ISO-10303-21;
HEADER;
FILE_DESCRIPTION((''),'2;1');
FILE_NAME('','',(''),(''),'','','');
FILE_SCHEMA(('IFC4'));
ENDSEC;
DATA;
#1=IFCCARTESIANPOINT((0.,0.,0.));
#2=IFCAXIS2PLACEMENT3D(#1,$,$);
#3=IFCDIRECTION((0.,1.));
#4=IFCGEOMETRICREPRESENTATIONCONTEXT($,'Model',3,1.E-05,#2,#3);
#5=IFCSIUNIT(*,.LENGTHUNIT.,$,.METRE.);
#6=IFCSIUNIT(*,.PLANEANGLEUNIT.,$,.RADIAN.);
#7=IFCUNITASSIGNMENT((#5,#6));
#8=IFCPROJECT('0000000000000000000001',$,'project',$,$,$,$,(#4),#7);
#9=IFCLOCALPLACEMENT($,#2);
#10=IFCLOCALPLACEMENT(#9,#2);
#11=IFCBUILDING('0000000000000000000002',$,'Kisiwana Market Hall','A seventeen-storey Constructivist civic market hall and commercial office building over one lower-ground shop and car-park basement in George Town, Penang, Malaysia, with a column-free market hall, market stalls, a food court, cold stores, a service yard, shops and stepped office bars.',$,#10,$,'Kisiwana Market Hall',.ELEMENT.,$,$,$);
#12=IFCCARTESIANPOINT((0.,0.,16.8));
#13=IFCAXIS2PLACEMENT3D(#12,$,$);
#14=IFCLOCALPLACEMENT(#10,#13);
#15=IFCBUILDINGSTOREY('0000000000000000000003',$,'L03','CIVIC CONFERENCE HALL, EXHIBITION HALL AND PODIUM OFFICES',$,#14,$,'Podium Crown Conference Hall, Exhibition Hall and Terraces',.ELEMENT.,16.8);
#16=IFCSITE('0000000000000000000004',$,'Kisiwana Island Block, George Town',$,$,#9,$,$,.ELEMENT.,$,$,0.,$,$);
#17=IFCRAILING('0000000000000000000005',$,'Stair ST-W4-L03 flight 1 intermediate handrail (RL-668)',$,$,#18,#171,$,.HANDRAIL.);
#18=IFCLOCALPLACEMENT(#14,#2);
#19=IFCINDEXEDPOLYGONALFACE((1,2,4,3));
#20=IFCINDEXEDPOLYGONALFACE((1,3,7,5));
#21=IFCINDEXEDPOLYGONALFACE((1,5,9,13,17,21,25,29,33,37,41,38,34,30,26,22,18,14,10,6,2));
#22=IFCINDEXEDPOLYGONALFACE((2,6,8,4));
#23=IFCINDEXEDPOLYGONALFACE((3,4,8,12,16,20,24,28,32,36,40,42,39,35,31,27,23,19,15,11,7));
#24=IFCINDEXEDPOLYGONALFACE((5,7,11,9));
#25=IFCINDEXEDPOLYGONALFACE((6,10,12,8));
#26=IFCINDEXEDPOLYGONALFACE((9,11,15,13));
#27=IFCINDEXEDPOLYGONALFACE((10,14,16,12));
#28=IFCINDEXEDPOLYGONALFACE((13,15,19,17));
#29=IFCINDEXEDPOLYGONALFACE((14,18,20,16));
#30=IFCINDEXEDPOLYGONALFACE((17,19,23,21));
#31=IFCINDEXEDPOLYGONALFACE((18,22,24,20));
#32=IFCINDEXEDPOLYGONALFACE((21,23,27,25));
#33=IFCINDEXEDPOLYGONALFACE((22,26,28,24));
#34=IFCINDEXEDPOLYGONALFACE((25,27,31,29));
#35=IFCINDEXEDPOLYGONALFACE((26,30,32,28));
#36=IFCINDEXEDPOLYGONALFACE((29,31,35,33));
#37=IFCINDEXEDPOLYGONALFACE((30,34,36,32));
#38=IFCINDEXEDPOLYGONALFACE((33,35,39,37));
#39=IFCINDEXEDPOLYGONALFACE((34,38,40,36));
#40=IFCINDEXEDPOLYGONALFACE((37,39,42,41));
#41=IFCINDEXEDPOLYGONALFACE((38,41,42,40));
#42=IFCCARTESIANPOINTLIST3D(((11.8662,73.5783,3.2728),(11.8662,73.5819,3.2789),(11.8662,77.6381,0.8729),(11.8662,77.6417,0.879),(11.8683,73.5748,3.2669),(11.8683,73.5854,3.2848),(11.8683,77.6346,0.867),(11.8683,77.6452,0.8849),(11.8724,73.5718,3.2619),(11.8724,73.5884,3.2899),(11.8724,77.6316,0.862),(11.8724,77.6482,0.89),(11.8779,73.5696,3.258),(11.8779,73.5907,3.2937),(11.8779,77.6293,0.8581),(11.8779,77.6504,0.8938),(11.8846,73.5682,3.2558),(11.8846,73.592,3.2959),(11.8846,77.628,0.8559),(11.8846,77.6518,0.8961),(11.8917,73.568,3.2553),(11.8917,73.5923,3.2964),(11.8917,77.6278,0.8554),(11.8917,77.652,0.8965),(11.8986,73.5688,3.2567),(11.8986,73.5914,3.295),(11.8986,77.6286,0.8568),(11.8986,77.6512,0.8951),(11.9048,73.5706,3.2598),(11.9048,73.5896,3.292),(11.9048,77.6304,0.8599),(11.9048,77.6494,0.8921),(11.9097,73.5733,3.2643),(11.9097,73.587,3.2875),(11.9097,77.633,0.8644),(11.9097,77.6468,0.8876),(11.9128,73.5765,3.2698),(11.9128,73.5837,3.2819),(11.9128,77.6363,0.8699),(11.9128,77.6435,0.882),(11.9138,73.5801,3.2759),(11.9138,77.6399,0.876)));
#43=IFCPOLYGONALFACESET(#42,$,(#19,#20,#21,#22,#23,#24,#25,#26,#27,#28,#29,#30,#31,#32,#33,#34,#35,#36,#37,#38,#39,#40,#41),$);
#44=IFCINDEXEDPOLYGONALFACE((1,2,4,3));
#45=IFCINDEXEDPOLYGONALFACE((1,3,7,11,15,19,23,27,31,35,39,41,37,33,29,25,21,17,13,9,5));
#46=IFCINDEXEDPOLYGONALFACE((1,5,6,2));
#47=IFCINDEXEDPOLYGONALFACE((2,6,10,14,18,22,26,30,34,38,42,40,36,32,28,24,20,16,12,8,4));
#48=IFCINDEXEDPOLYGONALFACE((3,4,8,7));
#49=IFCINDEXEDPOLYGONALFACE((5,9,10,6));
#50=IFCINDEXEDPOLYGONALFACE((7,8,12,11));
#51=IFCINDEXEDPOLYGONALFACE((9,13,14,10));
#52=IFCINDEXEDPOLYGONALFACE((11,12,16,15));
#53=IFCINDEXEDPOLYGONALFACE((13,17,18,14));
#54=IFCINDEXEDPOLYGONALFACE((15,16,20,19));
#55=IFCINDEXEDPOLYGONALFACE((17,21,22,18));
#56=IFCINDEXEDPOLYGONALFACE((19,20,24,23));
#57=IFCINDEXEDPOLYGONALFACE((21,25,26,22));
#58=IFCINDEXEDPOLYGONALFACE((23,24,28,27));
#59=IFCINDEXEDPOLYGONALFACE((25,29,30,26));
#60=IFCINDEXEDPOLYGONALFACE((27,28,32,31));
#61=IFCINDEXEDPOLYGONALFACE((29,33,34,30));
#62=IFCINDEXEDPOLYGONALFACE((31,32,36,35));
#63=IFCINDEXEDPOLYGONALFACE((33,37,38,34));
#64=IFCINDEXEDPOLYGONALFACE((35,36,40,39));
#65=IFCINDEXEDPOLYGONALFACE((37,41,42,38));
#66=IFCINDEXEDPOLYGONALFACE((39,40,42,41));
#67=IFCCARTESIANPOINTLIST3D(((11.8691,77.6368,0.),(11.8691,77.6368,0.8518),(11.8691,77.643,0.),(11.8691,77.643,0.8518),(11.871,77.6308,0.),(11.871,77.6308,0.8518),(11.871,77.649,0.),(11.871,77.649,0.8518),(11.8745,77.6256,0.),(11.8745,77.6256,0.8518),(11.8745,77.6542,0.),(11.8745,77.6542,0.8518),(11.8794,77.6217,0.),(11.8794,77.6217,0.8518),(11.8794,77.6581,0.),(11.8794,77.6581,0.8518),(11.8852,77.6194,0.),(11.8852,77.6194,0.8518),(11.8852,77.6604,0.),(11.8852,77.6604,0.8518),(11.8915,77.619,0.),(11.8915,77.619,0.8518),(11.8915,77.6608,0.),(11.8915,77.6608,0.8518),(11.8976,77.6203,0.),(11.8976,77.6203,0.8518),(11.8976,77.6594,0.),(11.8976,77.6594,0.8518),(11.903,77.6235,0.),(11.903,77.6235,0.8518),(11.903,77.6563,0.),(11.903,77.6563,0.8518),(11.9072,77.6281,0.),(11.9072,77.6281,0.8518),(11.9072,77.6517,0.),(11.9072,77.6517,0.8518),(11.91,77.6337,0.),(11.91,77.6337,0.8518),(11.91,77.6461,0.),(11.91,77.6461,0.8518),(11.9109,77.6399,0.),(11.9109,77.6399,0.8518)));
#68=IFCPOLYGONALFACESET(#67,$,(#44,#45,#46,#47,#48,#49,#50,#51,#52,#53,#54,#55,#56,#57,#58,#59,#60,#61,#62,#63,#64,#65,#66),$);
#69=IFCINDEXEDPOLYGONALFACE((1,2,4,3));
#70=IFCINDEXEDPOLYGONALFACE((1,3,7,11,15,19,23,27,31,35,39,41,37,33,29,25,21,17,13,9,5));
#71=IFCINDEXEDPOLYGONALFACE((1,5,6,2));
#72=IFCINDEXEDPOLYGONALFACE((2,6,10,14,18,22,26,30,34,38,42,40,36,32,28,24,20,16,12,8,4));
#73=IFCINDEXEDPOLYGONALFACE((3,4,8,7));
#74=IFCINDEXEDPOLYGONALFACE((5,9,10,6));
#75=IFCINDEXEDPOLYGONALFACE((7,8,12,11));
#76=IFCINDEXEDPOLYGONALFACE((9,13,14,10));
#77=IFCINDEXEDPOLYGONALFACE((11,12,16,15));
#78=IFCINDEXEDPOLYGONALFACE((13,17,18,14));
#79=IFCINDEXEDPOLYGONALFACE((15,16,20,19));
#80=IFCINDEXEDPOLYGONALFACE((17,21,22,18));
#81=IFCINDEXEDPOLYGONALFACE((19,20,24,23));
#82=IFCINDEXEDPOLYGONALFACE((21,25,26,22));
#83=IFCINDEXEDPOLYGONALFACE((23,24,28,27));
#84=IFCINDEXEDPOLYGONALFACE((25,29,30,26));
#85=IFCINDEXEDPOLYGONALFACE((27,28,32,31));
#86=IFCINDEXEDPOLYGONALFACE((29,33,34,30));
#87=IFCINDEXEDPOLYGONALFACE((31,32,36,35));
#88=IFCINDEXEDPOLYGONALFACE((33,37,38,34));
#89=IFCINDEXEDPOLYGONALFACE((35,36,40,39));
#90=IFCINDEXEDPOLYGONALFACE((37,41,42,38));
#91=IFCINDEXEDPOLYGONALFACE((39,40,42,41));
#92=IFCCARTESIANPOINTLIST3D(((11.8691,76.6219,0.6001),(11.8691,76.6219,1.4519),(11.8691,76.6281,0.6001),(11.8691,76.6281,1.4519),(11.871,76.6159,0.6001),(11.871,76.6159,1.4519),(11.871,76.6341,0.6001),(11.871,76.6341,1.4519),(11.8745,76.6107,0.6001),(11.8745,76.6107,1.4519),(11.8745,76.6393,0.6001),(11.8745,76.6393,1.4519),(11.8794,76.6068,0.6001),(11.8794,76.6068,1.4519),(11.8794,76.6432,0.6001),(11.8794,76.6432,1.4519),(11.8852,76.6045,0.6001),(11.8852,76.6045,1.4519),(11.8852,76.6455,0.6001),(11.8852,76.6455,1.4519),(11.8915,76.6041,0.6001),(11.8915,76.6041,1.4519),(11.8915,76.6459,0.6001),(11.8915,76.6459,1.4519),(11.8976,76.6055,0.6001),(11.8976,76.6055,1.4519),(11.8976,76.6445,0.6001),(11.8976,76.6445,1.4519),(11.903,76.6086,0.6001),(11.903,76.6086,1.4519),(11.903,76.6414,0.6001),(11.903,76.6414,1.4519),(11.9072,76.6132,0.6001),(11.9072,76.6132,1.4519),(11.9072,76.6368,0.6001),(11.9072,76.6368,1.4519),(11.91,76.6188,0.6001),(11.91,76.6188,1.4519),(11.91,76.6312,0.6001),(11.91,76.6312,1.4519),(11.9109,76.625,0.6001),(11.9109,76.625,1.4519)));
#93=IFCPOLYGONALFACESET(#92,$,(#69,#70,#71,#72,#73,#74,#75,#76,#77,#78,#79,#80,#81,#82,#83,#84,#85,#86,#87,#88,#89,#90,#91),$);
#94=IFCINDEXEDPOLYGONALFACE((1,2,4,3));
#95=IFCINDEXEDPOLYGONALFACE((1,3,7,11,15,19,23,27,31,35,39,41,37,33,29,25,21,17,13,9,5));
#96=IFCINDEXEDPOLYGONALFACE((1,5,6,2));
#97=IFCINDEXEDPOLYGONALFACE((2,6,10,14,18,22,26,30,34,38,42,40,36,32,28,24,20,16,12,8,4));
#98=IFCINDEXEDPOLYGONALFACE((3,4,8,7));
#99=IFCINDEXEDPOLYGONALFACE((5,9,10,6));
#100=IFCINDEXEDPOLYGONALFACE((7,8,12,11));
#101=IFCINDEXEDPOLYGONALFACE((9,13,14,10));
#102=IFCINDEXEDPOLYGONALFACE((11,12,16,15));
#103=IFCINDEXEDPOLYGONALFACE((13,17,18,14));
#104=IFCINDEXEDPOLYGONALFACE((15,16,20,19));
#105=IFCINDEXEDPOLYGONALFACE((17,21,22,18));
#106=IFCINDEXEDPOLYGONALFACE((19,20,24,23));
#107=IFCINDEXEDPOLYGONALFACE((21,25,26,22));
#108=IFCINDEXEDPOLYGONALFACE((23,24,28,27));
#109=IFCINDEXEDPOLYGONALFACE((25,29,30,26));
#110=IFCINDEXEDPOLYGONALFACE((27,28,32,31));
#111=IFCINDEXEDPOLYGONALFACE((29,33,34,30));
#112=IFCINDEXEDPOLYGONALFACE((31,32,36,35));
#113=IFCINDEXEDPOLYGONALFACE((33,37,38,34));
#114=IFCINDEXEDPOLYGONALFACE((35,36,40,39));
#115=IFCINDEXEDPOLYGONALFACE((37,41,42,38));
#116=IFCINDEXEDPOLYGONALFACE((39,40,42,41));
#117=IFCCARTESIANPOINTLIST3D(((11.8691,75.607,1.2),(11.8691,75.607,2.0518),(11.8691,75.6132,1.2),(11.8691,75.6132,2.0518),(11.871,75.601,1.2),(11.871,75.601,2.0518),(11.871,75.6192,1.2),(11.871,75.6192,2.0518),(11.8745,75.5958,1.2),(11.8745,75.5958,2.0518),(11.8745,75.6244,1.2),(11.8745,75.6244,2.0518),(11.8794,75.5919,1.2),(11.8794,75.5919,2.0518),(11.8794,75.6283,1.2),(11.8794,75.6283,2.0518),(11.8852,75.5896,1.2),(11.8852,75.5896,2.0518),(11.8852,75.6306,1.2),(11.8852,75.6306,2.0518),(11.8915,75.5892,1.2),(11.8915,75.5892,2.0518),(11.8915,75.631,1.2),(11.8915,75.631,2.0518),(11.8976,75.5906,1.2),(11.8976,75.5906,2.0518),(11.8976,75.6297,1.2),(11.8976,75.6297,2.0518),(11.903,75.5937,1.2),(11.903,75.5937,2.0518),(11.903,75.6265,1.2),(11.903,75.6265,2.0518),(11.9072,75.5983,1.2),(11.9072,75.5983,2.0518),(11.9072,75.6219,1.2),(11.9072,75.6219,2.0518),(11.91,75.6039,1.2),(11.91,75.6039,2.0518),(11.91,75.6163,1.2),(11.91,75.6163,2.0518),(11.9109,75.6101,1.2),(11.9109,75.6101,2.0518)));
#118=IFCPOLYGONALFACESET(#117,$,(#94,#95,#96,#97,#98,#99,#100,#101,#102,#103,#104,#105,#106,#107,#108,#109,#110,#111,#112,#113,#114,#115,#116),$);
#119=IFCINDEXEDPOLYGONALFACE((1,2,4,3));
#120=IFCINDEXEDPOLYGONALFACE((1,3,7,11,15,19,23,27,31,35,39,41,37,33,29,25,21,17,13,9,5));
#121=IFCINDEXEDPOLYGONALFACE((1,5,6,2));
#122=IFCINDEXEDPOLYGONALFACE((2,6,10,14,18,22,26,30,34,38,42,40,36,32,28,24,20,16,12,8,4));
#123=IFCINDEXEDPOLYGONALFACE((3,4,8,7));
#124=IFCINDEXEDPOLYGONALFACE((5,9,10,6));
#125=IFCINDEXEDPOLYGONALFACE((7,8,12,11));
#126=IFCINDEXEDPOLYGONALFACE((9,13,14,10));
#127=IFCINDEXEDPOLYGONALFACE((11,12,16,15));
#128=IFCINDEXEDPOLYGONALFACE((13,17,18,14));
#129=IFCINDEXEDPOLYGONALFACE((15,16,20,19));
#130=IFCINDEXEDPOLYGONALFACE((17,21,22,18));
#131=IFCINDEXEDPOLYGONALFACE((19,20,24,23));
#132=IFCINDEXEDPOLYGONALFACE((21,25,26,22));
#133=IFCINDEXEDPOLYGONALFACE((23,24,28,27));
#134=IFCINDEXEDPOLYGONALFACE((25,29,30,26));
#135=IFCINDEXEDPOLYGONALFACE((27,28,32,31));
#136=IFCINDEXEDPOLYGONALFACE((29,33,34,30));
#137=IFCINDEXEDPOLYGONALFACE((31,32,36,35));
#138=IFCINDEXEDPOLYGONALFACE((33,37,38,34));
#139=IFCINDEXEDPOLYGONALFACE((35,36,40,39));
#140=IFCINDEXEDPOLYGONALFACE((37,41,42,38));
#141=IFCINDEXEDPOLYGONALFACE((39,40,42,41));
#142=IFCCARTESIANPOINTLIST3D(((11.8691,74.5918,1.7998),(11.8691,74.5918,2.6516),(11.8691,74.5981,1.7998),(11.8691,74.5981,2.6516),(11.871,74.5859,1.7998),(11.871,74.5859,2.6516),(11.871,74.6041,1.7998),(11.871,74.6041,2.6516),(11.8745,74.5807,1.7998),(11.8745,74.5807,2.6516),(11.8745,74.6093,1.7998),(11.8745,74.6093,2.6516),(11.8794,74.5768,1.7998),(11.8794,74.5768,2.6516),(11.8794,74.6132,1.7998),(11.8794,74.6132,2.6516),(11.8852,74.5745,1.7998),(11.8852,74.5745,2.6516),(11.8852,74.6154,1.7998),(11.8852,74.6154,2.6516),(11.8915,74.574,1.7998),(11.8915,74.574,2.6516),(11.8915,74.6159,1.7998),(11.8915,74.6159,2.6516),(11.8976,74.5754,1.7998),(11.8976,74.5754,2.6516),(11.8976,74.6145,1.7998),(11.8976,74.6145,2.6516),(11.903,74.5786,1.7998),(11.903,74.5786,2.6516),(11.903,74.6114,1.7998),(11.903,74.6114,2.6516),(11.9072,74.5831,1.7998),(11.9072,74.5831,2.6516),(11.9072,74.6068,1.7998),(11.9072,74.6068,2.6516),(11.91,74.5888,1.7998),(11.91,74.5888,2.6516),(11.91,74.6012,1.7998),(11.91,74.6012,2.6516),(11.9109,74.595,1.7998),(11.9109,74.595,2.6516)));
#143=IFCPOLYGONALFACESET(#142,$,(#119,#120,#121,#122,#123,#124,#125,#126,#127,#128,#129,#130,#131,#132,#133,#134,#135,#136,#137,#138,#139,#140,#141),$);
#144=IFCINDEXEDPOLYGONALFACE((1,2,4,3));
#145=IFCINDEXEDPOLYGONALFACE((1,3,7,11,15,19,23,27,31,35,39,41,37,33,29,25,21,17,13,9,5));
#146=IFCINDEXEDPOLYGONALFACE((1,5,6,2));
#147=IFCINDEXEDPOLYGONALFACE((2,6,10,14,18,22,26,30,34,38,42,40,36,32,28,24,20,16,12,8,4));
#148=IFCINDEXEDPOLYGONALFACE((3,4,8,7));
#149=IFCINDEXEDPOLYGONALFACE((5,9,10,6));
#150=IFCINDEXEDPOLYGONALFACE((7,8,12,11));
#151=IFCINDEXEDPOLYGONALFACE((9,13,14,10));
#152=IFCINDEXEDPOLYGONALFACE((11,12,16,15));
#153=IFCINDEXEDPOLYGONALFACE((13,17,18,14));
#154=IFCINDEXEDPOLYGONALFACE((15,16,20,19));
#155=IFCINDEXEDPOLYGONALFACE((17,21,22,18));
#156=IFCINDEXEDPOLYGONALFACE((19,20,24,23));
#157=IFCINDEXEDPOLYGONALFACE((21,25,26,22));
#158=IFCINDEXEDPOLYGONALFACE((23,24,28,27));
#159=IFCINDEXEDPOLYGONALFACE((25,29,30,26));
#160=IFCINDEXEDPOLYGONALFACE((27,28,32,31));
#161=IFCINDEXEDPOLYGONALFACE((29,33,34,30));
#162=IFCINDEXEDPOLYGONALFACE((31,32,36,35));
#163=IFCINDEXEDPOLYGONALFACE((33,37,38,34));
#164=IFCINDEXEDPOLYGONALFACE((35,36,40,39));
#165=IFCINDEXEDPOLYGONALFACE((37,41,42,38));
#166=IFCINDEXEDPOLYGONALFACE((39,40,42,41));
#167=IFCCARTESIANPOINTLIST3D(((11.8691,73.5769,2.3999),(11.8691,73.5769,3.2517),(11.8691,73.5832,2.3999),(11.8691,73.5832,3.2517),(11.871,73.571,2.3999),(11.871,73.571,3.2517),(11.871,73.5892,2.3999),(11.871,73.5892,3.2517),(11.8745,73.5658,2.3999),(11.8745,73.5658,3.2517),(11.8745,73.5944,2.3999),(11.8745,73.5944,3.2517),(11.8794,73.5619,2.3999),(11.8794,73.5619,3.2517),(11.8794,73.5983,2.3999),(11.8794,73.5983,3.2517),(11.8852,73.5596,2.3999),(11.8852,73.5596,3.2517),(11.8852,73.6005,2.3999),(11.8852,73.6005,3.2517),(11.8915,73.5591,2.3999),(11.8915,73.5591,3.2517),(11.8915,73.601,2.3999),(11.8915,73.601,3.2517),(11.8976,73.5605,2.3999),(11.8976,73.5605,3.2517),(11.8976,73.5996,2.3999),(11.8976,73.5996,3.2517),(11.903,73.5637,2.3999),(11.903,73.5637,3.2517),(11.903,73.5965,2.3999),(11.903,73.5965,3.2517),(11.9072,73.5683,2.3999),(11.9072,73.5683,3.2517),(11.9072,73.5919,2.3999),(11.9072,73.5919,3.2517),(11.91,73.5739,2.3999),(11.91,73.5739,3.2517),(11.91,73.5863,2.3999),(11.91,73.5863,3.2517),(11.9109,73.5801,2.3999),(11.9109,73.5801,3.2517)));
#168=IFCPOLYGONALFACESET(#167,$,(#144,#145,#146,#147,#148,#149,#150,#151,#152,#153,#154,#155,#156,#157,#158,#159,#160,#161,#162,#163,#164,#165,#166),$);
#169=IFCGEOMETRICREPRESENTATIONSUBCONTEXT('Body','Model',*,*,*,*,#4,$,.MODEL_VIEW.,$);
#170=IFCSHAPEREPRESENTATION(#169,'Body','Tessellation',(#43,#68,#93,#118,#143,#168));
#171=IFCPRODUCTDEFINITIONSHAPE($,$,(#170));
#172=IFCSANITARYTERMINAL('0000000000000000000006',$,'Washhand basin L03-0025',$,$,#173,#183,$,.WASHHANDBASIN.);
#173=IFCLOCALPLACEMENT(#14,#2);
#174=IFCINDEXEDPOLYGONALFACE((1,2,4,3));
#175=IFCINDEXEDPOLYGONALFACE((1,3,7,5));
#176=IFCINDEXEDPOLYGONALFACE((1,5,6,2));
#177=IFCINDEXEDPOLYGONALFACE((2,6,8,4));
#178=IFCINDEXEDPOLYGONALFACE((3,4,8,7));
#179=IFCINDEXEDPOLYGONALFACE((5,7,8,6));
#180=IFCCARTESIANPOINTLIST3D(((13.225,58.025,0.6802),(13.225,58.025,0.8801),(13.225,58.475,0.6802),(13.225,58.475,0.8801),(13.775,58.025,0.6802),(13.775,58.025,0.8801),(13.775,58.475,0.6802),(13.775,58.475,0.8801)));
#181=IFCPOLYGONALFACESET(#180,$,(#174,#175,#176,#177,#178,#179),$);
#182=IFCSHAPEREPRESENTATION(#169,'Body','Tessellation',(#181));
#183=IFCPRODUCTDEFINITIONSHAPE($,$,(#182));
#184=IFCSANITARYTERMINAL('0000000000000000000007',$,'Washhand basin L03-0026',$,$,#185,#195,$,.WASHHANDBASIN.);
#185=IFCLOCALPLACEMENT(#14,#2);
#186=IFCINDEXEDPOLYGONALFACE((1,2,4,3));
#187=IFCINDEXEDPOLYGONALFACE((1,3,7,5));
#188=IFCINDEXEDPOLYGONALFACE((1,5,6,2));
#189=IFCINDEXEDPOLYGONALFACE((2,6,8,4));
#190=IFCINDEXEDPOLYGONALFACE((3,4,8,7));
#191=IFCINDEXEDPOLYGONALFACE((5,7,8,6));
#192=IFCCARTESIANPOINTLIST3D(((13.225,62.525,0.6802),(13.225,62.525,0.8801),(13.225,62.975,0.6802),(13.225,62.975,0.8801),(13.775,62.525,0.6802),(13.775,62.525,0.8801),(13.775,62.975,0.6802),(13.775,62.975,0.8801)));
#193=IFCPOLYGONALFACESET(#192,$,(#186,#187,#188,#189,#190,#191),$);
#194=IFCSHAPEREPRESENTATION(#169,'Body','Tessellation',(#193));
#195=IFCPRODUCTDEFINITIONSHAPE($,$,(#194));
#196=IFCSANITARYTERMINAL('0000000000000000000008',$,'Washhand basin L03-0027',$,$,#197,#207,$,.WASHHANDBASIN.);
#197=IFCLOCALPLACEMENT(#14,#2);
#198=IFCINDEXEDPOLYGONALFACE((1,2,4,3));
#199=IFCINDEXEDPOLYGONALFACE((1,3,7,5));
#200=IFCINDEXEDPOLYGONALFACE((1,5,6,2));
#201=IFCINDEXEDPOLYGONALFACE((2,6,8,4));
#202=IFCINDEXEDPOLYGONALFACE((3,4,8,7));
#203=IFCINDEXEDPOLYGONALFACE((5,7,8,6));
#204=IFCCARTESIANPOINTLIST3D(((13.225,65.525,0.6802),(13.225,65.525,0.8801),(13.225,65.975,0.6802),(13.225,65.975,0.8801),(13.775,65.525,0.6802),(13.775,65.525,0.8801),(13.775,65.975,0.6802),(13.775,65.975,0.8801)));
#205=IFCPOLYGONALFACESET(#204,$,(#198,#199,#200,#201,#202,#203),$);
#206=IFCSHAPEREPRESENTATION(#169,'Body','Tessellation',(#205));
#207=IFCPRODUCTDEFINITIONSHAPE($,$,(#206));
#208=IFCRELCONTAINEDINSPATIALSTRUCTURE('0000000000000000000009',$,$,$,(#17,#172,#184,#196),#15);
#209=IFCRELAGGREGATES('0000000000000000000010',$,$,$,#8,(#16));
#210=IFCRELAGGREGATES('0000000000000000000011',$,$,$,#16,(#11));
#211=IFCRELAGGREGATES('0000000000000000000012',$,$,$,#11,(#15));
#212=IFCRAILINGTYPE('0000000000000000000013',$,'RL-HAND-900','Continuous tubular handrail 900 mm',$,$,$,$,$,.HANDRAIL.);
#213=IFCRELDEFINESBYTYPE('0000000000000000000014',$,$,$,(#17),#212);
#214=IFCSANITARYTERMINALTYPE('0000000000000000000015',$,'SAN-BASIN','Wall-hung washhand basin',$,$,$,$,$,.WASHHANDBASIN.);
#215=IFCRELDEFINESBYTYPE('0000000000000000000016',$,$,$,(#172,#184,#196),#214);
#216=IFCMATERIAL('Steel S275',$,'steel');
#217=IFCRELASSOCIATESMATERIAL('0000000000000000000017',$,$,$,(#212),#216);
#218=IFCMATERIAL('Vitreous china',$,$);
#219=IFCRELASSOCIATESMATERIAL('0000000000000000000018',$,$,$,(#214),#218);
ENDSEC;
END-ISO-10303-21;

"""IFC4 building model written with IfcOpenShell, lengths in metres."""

from ifc_helpers import new_model, si_unit, direction, frame, origin, origin_2d, place, context, subcontext, project, spatial, rectangle, circle, extrude, material, type_object, element, save


model = new_model("IFC4")

# Units and contexts
model_context = context("Model", 3, precision=1e-05, world=origin(), true_north=direction((0.0, 1.0)))
body_context = subcontext(model_context, "Body", "Model", "MODEL_VIEW")
ifc_project = project(units=[si_unit("LENGTHUNIT", "METRE"), si_unit("PLANEANGLEUNIT", "RADIAN")], contexts=[model_context])

# Site, building, storey
site_placement = place(None, origin())
site = spatial("IfcSite", under=ifc_project, at=site_placement, Name="Kisiwana Island Block, George Town", CompositionType="ELEMENT", RefElevation=0.0)
building_placement = place(site_placement, origin())
building = spatial("IfcBuilding", under=site, at=building_placement, Name="Kisiwana Market Hall", Description="A seventeen-storey Constructivist civic market hall and commercial office building over one lower-ground shop and car-park basement in George Town, Penang, Malaysia, with a column-free market hall, market stalls, a food court, cold stores, a service yard, shops and stepped office bars.", LongName="Kisiwana Market Hall", CompositionType="ELEMENT")
storey_placement = place(building_placement, frame((0.0, 0.0, 16.8)))
storey = spatial("IfcBuildingStorey", under=building, at=storey_placement, Name="L03", Description="CIVIC CONFERENCE HALL, EXHIBITION HALL AND PODIUM OFFICES", LongName="Podium Crown Conference Hall, Exhibition Hall and Terraces", CompositionType="ELEMENT", Elevation=16.8)

# Railing
ifc_material_1 = material(Name="Steel S275", Category="steel")
railing_type_1 = type_object("IfcRailingType", Name="RL-HAND-900", Description="Continuous tubular handrail 900 mm", PredefinedType="HANDRAIL", material=ifc_material_1)
for number, where, name in (
    (1, (11.8899, 77.6399, 0.0), "Stair ST-W4-L03 flight 1 intermediate handrail (RL-668)"),
):
    element("IfcRailing", number, at=place(storey_placement, frame(where)), inside=storey, type_object=railing_type_1, Name=name, PredefinedType="HANDRAIL", context=body_context, shape_type="SweptSolid", body=[
        extrude(circle(Radius=0.0239, at=origin_2d()), frame((0.0, 0.0, 0.876), z_axis=(0.0, -0.860841, 0.508874), x_axis=(1.0, 0.0, 0.0)), (0.0, 0.0, 1.0), 4.7161),
        extrude(circle(Radius=0.021, at=origin_2d()), origin(), (0.0, 0.0, 1.0), 0.8518),
        extrude(circle(Radius=0.021, at=origin_2d()), frame((0.0, -1.0149, 0.6001)), (0.0, 0.0, 1.0), 0.8518),
        extrude(circle(Radius=0.021, at=origin_2d()), frame((0.0, -2.0298, 1.2)), (0.0, 0.0, 1.0), 0.8518),
        extrude(circle(Radius=0.021, at=origin_2d()), frame((0.0, -3.0449, 1.7998)), (0.0, 0.0, 1.0), 0.8518),
        extrude(circle(Radius=0.021, at=origin_2d()), frame((0.0, -4.0598, 2.3999)), (0.0, 0.0, 1.0), 0.8518),
    ])

# Sanitary terminals
ifc_material_2 = material(Name="Vitreous china")
sanitary_terminal_type_1 = type_object("IfcSanitaryTerminalType", Name="SAN-BASIN", Description="Wall-hung washhand basin", PredefinedType="WASHHANDBASIN", material=ifc_material_2)
for number, where, z_axis, x_axis, name in (
    (2, (13.5, 58.25, 0.6802), (0.0, 0.0, 1.0), (1.0, 0.0, 0.0), "Washhand basin L03-0025"),
    (3, (13.5, 62.75, 0.6802), (0.0, 0.0, 1.0), (1.0, 0.0, 0.0), "Washhand basin L03-0026"),
    (4, (13.5, 65.75, 0.6802), (0.0, 0.0, 1.0), (1.0, 0.0, 0.0), "Washhand basin L03-0027"),
):
    element("IfcSanitaryTerminal", number, at=place(storey_placement, frame(where, z_axis=z_axis, x_axis=x_axis)), inside=storey, type_object=sanitary_terminal_type_1, Name=name, PredefinedType="WASHHANDBASIN", context=body_context, shape_type="SweptSolid", body=[
        extrude(rectangle(XDim=0.55, YDim=0.45, at=origin_2d()), origin(), (0.0, 0.0, 1.0), 0.2),
    ])

save(model, "model.ifc")
